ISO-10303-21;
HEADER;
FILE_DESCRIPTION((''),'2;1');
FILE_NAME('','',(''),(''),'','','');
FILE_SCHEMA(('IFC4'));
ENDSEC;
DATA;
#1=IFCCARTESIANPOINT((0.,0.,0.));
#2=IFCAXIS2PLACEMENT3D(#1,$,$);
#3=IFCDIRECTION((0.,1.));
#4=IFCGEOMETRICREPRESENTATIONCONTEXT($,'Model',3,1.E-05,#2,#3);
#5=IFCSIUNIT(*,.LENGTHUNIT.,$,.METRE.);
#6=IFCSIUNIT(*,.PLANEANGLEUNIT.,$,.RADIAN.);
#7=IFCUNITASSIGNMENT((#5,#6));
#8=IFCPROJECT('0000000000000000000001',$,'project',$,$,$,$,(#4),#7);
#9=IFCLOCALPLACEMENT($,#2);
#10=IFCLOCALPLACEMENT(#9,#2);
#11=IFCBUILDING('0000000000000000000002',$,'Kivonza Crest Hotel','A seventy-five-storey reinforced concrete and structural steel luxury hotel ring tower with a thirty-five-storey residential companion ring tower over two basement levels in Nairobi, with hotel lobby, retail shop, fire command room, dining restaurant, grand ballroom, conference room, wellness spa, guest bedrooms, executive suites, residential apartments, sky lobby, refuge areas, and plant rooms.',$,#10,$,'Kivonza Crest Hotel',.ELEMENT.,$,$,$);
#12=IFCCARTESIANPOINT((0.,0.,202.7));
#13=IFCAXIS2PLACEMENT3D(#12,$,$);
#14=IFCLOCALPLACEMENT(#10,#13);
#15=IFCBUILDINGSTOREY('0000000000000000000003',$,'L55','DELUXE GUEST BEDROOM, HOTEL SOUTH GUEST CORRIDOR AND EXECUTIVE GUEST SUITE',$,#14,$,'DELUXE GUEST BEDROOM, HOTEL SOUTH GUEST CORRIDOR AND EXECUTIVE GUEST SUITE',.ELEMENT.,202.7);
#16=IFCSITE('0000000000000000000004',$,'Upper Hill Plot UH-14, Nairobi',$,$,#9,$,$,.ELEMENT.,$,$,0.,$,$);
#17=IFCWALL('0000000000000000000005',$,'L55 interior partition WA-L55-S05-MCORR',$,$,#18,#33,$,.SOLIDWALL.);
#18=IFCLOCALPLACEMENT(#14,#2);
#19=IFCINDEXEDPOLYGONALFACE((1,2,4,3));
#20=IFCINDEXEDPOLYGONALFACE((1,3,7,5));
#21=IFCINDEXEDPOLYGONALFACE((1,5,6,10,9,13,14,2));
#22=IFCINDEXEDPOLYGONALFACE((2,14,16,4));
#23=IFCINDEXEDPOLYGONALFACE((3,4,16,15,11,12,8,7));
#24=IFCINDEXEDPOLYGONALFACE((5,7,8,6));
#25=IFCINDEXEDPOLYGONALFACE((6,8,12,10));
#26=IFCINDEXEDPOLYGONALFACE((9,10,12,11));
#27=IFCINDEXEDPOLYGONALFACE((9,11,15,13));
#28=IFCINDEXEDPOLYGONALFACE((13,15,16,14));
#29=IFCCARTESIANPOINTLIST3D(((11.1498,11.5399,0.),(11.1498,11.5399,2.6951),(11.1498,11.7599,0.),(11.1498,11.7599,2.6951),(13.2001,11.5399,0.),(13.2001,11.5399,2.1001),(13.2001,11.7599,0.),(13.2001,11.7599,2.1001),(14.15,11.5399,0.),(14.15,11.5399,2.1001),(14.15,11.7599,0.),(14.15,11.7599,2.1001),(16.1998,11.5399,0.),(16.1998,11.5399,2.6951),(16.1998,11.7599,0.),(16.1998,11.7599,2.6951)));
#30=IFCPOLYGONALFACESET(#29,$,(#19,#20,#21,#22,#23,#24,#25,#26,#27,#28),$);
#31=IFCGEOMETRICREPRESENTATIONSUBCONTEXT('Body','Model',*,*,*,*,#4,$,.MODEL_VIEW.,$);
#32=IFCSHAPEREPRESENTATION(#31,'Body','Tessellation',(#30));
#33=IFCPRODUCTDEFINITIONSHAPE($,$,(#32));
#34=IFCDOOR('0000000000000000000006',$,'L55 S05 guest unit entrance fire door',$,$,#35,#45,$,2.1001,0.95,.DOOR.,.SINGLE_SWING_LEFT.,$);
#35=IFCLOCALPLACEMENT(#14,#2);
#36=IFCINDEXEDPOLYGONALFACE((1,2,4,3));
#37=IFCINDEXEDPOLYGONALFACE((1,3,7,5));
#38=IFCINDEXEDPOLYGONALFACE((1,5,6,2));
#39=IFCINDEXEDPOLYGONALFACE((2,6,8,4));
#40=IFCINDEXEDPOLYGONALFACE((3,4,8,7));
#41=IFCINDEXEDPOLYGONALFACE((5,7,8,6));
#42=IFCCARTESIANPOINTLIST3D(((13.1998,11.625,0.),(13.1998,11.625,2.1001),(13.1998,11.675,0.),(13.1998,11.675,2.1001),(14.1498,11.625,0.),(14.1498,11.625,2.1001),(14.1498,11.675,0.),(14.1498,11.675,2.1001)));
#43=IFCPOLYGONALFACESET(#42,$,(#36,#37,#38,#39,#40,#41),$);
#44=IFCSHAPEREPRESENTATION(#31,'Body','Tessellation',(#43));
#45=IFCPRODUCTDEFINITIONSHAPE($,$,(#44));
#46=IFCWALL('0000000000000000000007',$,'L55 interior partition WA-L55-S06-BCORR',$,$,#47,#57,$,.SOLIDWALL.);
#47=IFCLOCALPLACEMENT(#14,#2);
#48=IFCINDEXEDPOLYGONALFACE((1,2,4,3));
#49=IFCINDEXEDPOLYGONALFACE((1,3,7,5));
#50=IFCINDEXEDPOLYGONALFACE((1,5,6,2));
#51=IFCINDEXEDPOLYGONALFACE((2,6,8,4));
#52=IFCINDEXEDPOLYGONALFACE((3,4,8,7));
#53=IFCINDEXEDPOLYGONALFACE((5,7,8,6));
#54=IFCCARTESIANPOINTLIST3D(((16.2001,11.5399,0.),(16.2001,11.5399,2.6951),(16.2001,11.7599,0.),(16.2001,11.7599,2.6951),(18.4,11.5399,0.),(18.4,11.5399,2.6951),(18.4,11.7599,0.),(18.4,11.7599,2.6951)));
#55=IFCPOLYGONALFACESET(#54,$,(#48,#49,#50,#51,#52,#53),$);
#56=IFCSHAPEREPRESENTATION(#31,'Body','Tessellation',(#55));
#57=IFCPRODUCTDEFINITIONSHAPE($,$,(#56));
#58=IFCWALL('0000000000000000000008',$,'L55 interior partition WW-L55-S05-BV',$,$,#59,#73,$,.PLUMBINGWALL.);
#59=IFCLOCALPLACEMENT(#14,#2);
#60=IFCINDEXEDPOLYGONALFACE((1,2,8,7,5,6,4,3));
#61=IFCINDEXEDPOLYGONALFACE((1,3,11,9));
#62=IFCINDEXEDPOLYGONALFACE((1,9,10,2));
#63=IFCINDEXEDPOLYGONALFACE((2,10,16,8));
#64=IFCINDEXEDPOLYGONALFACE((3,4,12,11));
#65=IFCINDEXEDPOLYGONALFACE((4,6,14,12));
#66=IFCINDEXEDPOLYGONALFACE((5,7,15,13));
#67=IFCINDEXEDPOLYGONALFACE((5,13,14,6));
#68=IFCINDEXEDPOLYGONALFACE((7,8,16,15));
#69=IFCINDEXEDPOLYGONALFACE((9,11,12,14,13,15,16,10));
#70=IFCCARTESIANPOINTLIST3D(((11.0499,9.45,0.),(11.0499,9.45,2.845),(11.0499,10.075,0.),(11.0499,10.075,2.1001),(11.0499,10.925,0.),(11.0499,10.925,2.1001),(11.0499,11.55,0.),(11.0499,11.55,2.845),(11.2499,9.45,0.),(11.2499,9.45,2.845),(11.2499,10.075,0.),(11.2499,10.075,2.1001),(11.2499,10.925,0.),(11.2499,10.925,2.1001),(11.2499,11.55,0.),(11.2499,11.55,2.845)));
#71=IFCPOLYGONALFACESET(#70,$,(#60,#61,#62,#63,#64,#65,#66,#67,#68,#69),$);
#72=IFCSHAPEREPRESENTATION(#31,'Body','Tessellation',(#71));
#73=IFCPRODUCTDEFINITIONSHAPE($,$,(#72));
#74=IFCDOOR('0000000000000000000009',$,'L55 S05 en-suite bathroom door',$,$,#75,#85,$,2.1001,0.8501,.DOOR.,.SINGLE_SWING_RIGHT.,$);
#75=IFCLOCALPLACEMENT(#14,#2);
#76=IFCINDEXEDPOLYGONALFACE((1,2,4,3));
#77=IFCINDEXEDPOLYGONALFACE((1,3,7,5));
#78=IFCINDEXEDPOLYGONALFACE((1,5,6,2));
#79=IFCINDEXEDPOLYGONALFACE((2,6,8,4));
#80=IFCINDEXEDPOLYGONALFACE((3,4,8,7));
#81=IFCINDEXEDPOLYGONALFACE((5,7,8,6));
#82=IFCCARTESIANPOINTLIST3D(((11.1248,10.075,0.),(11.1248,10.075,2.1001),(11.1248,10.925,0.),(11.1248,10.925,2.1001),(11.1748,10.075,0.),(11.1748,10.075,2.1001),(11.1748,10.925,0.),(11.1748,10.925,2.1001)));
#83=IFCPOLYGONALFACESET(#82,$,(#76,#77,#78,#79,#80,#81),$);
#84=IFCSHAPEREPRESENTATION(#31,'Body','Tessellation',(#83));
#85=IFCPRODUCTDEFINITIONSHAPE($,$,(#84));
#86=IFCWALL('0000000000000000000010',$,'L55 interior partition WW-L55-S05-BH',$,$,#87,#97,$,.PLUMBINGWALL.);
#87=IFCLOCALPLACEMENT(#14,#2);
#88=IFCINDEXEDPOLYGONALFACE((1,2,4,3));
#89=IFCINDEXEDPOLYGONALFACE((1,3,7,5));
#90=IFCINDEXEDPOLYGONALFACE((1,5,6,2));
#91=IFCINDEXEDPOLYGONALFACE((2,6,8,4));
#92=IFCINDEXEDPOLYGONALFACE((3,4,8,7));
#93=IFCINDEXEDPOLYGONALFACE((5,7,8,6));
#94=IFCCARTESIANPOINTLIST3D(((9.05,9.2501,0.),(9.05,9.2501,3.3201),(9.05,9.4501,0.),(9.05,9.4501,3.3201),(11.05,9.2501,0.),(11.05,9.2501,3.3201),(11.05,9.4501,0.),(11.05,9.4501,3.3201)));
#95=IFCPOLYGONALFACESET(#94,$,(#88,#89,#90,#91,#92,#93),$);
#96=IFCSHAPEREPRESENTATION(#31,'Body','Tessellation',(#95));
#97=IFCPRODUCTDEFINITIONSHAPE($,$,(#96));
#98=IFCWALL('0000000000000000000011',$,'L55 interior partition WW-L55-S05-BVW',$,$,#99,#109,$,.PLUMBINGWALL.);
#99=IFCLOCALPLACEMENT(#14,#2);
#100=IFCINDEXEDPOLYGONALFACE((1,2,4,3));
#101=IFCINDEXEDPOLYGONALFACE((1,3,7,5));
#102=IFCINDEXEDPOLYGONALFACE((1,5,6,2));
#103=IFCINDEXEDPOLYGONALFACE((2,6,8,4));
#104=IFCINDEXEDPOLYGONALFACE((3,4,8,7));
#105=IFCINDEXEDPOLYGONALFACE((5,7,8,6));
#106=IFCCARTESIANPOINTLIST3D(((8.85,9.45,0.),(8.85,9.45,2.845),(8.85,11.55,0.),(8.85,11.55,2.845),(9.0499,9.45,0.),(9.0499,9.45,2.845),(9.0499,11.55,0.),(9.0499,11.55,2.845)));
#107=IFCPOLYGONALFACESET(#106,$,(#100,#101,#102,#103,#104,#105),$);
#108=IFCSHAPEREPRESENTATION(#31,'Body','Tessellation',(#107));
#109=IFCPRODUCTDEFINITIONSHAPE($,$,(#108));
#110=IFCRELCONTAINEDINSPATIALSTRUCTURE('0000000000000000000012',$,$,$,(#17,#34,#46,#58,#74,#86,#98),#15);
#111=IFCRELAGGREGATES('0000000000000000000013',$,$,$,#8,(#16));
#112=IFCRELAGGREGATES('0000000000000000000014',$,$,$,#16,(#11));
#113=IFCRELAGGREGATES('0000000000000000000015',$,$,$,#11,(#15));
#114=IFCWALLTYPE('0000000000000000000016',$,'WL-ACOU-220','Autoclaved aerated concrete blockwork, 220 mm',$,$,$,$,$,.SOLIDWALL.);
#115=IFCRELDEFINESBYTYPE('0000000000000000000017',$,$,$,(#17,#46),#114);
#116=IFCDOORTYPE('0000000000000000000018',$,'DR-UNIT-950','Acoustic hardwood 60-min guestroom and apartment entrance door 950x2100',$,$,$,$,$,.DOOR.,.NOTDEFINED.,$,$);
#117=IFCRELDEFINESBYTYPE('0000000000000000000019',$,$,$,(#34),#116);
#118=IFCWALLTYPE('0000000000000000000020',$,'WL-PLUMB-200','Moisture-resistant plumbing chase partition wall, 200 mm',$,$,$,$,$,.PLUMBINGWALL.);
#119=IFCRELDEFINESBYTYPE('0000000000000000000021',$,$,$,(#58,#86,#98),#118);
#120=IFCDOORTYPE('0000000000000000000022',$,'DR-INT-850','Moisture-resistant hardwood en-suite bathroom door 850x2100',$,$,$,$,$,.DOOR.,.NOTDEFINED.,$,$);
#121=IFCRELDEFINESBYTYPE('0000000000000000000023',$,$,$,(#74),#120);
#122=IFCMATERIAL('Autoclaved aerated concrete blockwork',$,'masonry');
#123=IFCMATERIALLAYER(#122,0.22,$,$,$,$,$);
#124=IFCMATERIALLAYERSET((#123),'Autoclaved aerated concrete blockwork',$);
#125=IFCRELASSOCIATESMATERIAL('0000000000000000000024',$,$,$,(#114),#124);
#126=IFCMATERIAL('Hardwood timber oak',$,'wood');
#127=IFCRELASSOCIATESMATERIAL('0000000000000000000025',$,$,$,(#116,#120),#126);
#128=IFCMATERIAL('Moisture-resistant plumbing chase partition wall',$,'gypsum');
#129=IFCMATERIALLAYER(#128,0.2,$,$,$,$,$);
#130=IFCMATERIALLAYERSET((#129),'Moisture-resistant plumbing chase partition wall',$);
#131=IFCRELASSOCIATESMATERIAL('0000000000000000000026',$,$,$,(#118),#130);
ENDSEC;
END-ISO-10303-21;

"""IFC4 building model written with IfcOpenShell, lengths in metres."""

from ifc_helpers import new_model, si_unit, direction, frame, frame_2d, origin, place, context, subcontext, project, spatial, rectangle, extrude, material, layer, layer_set, type_object, element, fill, save


model = new_model("IFC4")

# Units and contexts
model_context = context("Model", 3, precision=1e-05, world=origin(), true_north=direction((0.0, 1.0)))
body_context = subcontext(model_context, "Body", "Model", "MODEL_VIEW")
ifc_project = project(units=[si_unit("LENGTHUNIT", "METRE"), si_unit("PLANEANGLEUNIT", "RADIAN")], contexts=[model_context])

# Site, building, storey
site_placement = place(None, origin())
site = spatial("IfcSite", under=ifc_project, at=site_placement, Name="Upper Hill Plot UH-14, Nairobi", CompositionType="ELEMENT", RefElevation=0.0)
building_placement = place(site_placement, origin())
building = spatial("IfcBuilding", under=site, at=building_placement, Name="Kivonza Crest Hotel", Description="A seventy-five-storey reinforced concrete and structural steel luxury hotel ring tower with a thirty-five-storey residential companion ring tower over two basement levels in Nairobi, with hotel lobby, retail shop, fire command room, dining restaurant, grand ballroom, conference room, wellness spa, guest bedrooms, executive suites, residential apartments, sky lobby, refuge areas, and plant rooms.", LongName="Kivonza Crest Hotel", CompositionType="ELEMENT")
storey_placement = place(building_placement, frame((0.0, 0.0, 202.7)))
storey = spatial("IfcBuildingStorey", under=building, at=storey_placement, Name="L55", Description="DELUXE GUEST BEDROOM, HOTEL SOUTH GUEST CORRIDOR AND EXECUTIVE GUEST SUITE", LongName="DELUXE GUEST BEDROOM, HOTEL SOUTH GUEST CORRIDOR AND EXECUTIVE GUEST SUITE", CompositionType="ELEMENT", Elevation=202.7)

# Shared definitions
ifc_material_1 = material(Name="Autoclaved aerated concrete blockwork", Category="masonry")
ifc_layer_1 = layer(ifc_material_1, 0.22)
ifc_layer_set_1 = layer_set([ifc_layer_1], Name="Autoclaved aerated concrete blockwork")
wall_type_1 = type_object("IfcWallType", Name="WL-ACOU-220", Description="Autoclaved aerated concrete blockwork, 220 mm", PredefinedType="SOLIDWALL", material=ifc_layer_set_1)

# Wall, opening, door
wall_1_placement = place(storey_placement, frame((11.1499, 11.6499, 0.0), z_axis=(0.0, 0.0, 1.0), x_axis=(1.0, 0.0, 0.0)))
wall_1 = element("IfcWall", 1, at=wall_1_placement, inside=storey, type_object=wall_type_1, Name="L55 interior partition WA-L55-S05-MCORR", PredefinedType="SOLIDWALL", context=body_context, shape_type="SweptSolid", body=[
    extrude(rectangle(XDim=5.05, YDim=0.22, at=frame_2d((2.5249, 0.0))), origin(), (0.0, 0.0, 1.0), 2.6951),
])
opening_1_placement = place(wall_1_placement, frame((2.05, 0.0, 0.0)))
opening_1 = element("IfcOpeningElement", 2, at=opening_1_placement, cuts=wall_1, PredefinedType="OPENING", context=body_context, shape_type="SweptSolid", body=[
    extrude(rectangle(XDim=0.95, YDim=2.1001, at=frame_2d((0.4751, 1.05))), frame((0.0, 0.1201, 0.0), z_axis=(0.0, -1.0, 0.0), x_axis=(1.0, 0.0, 0.0)), (0.0, 0.0, 1.0), 0.24),
])
ifc_material_2 = material(Name="Hardwood timber oak", Category="wood")
door_type_1 = type_object("IfcDoorType", Name="DR-UNIT-950", Description="Acoustic hardwood 60-min guestroom and apartment entrance door 950x2100", OperationType="NOTDEFINED", PredefinedType="DOOR", material=ifc_material_2)
door_1_placement = place(opening_1_placement, frame((0.95, 0.0, 0.0), z_axis=(0.0, 0.0, 1.0), x_axis=(-1.0, 0.0, 0.0)))
door_1 = element("IfcDoor", 3, at=door_1_placement, inside=storey, type_object=door_type_1, Name="L55 S05 guest unit entrance fire door", OperationType="SINGLE_SWING_LEFT", OverallHeight=2.1001, OverallWidth=0.95, PredefinedType="DOOR", context=body_context, shape_type="SweptSolid", body=[
    extrude(rectangle(XDim=0.95, YDim=2.1001, at=frame_2d((0.4751, 1.05))), frame((0.0, 0.0249, 0.0), z_axis=(0.0, -1.0, 0.0), x_axis=(1.0, 0.0, 0.0)), (0.0, 0.0, 1.0), 0.05),
])
fill(opening_1, door_1)

# Wall
wall_2_placement = place(storey_placement, frame((16.2, 11.6499, 0.0), z_axis=(0.0, 0.0, 1.0), x_axis=(1.0, 0.0, 0.0)))
element("IfcWall", 4, at=wall_2_placement, inside=storey, type_object=wall_type_1, Name="L55 interior partition WA-L55-S06-BCORR", PredefinedType="SOLIDWALL", context=body_context, shape_type="SweptSolid", body=[
    extrude(rectangle(XDim=2.2, YDim=0.22, at=frame_2d((1.1001, 0.0))), origin(), (0.0, 0.0, 1.0), 2.6951),
])

# Wall, opening, door
ifc_material_3 = material(Name="Moisture-resistant plumbing chase partition wall", Category="gypsum")
ifc_layer_2 = layer(ifc_material_3, 0.2)
ifc_layer_set_2 = layer_set([ifc_layer_2], Name="Moisture-resistant plumbing chase partition wall")
wall_type_2 = type_object("IfcWallType", Name="WL-PLUMB-200", Description="Moisture-resistant plumbing chase partition wall, 200 mm", PredefinedType="PLUMBINGWALL", material=ifc_layer_set_2)
wall_3_placement = place(storey_placement, frame((11.1499, 9.45, 0.0), z_axis=(0.0, 0.0, 1.0), x_axis=(0.0, 1.0, 0.0)))
wall_3 = element("IfcWall", 5, at=wall_3_placement, inside=storey, type_object=wall_type_2, Name="L55 interior partition WW-L55-S05-BV", PredefinedType="PLUMBINGWALL", context=body_context, shape_type="SweptSolid", body=[
    extrude(rectangle(XDim=2.1001, YDim=0.2, at=frame_2d((1.05, 0.0))), origin(), (0.0, 0.0, 1.0), 2.845),
])
opening_2_placement = place(wall_3_placement, frame((0.625, 0.0, 0.0)))
opening_2 = element("IfcOpeningElement", 6, at=opening_2_placement, cuts=wall_3, PredefinedType="OPENING", context=body_context, shape_type="SweptSolid", body=[
    extrude(rectangle(XDim=0.8501, YDim=2.1001, at=frame_2d((0.425, 1.05))), frame((0.0, 0.1099, 0.0), z_axis=(0.0, -1.0, 0.0), x_axis=(1.0, 0.0, 0.0)), (0.0, 0.0, 1.0), 0.22),
])
door_type_2 = type_object("IfcDoorType", Name="DR-INT-850", Description="Moisture-resistant hardwood en-suite bathroom door 850x2100", OperationType="NOTDEFINED", PredefinedType="DOOR", material=ifc_material_2)
door_2_placement = place(opening_2_placement, frame((0.8501, 0.0, 0.0), z_axis=(0.0, 0.0, 1.0), x_axis=(-1.0, 0.0, 0.0)))
door_2 = element("IfcDoor", 7, at=door_2_placement, inside=storey, type_object=door_type_2, Name="L55 S05 en-suite bathroom door", OperationType="SINGLE_SWING_RIGHT", OverallHeight=2.1001, OverallWidth=0.8501, PredefinedType="DOOR", context=body_context, shape_type="SweptSolid", body=[
    extrude(rectangle(XDim=0.8501, YDim=2.1001, at=frame_2d((0.425, 1.05))), frame((0.0, 0.0249, 0.0), z_axis=(0.0, -1.0, 0.0), x_axis=(1.0, 0.0, 0.0)), (0.0, 0.0, 1.0), 0.05),
])
fill(opening_2, door_2)

# Walls
wall_4_placement = place(storey_placement, frame((9.05, 9.3501, 0.0), z_axis=(0.0, 0.0, 1.0), x_axis=(1.0, 0.0, 0.0)))
element("IfcWall", 8, at=wall_4_placement, inside=storey, type_object=wall_type_2, Name="L55 interior partition WW-L55-S05-BH", PredefinedType="PLUMBINGWALL", context=body_context, shape_type="SweptSolid", body=[
    extrude(rectangle(XDim=2.0, YDim=0.2, at=frame_2d((1.0, 0.0))), origin(), (0.0, 0.0, 1.0), 3.3201),
])
wall_5_placement = place(storey_placement, frame((8.95, 9.45, 0.0), z_axis=(0.0, 0.0, 1.0), x_axis=(0.0, 1.0, 0.0)))
element("IfcWall", 9, at=wall_5_placement, inside=storey, type_object=wall_type_2, Name="L55 interior partition WW-L55-S05-BVW", PredefinedType="PLUMBINGWALL", context=body_context, shape_type="SweptSolid", body=[
    extrude(rectangle(XDim=2.1001, YDim=0.2, at=frame_2d((1.05, 0.0))), origin(), (0.0, 0.0, 1.0), 2.845),
])

save(model, "model.ifc")
